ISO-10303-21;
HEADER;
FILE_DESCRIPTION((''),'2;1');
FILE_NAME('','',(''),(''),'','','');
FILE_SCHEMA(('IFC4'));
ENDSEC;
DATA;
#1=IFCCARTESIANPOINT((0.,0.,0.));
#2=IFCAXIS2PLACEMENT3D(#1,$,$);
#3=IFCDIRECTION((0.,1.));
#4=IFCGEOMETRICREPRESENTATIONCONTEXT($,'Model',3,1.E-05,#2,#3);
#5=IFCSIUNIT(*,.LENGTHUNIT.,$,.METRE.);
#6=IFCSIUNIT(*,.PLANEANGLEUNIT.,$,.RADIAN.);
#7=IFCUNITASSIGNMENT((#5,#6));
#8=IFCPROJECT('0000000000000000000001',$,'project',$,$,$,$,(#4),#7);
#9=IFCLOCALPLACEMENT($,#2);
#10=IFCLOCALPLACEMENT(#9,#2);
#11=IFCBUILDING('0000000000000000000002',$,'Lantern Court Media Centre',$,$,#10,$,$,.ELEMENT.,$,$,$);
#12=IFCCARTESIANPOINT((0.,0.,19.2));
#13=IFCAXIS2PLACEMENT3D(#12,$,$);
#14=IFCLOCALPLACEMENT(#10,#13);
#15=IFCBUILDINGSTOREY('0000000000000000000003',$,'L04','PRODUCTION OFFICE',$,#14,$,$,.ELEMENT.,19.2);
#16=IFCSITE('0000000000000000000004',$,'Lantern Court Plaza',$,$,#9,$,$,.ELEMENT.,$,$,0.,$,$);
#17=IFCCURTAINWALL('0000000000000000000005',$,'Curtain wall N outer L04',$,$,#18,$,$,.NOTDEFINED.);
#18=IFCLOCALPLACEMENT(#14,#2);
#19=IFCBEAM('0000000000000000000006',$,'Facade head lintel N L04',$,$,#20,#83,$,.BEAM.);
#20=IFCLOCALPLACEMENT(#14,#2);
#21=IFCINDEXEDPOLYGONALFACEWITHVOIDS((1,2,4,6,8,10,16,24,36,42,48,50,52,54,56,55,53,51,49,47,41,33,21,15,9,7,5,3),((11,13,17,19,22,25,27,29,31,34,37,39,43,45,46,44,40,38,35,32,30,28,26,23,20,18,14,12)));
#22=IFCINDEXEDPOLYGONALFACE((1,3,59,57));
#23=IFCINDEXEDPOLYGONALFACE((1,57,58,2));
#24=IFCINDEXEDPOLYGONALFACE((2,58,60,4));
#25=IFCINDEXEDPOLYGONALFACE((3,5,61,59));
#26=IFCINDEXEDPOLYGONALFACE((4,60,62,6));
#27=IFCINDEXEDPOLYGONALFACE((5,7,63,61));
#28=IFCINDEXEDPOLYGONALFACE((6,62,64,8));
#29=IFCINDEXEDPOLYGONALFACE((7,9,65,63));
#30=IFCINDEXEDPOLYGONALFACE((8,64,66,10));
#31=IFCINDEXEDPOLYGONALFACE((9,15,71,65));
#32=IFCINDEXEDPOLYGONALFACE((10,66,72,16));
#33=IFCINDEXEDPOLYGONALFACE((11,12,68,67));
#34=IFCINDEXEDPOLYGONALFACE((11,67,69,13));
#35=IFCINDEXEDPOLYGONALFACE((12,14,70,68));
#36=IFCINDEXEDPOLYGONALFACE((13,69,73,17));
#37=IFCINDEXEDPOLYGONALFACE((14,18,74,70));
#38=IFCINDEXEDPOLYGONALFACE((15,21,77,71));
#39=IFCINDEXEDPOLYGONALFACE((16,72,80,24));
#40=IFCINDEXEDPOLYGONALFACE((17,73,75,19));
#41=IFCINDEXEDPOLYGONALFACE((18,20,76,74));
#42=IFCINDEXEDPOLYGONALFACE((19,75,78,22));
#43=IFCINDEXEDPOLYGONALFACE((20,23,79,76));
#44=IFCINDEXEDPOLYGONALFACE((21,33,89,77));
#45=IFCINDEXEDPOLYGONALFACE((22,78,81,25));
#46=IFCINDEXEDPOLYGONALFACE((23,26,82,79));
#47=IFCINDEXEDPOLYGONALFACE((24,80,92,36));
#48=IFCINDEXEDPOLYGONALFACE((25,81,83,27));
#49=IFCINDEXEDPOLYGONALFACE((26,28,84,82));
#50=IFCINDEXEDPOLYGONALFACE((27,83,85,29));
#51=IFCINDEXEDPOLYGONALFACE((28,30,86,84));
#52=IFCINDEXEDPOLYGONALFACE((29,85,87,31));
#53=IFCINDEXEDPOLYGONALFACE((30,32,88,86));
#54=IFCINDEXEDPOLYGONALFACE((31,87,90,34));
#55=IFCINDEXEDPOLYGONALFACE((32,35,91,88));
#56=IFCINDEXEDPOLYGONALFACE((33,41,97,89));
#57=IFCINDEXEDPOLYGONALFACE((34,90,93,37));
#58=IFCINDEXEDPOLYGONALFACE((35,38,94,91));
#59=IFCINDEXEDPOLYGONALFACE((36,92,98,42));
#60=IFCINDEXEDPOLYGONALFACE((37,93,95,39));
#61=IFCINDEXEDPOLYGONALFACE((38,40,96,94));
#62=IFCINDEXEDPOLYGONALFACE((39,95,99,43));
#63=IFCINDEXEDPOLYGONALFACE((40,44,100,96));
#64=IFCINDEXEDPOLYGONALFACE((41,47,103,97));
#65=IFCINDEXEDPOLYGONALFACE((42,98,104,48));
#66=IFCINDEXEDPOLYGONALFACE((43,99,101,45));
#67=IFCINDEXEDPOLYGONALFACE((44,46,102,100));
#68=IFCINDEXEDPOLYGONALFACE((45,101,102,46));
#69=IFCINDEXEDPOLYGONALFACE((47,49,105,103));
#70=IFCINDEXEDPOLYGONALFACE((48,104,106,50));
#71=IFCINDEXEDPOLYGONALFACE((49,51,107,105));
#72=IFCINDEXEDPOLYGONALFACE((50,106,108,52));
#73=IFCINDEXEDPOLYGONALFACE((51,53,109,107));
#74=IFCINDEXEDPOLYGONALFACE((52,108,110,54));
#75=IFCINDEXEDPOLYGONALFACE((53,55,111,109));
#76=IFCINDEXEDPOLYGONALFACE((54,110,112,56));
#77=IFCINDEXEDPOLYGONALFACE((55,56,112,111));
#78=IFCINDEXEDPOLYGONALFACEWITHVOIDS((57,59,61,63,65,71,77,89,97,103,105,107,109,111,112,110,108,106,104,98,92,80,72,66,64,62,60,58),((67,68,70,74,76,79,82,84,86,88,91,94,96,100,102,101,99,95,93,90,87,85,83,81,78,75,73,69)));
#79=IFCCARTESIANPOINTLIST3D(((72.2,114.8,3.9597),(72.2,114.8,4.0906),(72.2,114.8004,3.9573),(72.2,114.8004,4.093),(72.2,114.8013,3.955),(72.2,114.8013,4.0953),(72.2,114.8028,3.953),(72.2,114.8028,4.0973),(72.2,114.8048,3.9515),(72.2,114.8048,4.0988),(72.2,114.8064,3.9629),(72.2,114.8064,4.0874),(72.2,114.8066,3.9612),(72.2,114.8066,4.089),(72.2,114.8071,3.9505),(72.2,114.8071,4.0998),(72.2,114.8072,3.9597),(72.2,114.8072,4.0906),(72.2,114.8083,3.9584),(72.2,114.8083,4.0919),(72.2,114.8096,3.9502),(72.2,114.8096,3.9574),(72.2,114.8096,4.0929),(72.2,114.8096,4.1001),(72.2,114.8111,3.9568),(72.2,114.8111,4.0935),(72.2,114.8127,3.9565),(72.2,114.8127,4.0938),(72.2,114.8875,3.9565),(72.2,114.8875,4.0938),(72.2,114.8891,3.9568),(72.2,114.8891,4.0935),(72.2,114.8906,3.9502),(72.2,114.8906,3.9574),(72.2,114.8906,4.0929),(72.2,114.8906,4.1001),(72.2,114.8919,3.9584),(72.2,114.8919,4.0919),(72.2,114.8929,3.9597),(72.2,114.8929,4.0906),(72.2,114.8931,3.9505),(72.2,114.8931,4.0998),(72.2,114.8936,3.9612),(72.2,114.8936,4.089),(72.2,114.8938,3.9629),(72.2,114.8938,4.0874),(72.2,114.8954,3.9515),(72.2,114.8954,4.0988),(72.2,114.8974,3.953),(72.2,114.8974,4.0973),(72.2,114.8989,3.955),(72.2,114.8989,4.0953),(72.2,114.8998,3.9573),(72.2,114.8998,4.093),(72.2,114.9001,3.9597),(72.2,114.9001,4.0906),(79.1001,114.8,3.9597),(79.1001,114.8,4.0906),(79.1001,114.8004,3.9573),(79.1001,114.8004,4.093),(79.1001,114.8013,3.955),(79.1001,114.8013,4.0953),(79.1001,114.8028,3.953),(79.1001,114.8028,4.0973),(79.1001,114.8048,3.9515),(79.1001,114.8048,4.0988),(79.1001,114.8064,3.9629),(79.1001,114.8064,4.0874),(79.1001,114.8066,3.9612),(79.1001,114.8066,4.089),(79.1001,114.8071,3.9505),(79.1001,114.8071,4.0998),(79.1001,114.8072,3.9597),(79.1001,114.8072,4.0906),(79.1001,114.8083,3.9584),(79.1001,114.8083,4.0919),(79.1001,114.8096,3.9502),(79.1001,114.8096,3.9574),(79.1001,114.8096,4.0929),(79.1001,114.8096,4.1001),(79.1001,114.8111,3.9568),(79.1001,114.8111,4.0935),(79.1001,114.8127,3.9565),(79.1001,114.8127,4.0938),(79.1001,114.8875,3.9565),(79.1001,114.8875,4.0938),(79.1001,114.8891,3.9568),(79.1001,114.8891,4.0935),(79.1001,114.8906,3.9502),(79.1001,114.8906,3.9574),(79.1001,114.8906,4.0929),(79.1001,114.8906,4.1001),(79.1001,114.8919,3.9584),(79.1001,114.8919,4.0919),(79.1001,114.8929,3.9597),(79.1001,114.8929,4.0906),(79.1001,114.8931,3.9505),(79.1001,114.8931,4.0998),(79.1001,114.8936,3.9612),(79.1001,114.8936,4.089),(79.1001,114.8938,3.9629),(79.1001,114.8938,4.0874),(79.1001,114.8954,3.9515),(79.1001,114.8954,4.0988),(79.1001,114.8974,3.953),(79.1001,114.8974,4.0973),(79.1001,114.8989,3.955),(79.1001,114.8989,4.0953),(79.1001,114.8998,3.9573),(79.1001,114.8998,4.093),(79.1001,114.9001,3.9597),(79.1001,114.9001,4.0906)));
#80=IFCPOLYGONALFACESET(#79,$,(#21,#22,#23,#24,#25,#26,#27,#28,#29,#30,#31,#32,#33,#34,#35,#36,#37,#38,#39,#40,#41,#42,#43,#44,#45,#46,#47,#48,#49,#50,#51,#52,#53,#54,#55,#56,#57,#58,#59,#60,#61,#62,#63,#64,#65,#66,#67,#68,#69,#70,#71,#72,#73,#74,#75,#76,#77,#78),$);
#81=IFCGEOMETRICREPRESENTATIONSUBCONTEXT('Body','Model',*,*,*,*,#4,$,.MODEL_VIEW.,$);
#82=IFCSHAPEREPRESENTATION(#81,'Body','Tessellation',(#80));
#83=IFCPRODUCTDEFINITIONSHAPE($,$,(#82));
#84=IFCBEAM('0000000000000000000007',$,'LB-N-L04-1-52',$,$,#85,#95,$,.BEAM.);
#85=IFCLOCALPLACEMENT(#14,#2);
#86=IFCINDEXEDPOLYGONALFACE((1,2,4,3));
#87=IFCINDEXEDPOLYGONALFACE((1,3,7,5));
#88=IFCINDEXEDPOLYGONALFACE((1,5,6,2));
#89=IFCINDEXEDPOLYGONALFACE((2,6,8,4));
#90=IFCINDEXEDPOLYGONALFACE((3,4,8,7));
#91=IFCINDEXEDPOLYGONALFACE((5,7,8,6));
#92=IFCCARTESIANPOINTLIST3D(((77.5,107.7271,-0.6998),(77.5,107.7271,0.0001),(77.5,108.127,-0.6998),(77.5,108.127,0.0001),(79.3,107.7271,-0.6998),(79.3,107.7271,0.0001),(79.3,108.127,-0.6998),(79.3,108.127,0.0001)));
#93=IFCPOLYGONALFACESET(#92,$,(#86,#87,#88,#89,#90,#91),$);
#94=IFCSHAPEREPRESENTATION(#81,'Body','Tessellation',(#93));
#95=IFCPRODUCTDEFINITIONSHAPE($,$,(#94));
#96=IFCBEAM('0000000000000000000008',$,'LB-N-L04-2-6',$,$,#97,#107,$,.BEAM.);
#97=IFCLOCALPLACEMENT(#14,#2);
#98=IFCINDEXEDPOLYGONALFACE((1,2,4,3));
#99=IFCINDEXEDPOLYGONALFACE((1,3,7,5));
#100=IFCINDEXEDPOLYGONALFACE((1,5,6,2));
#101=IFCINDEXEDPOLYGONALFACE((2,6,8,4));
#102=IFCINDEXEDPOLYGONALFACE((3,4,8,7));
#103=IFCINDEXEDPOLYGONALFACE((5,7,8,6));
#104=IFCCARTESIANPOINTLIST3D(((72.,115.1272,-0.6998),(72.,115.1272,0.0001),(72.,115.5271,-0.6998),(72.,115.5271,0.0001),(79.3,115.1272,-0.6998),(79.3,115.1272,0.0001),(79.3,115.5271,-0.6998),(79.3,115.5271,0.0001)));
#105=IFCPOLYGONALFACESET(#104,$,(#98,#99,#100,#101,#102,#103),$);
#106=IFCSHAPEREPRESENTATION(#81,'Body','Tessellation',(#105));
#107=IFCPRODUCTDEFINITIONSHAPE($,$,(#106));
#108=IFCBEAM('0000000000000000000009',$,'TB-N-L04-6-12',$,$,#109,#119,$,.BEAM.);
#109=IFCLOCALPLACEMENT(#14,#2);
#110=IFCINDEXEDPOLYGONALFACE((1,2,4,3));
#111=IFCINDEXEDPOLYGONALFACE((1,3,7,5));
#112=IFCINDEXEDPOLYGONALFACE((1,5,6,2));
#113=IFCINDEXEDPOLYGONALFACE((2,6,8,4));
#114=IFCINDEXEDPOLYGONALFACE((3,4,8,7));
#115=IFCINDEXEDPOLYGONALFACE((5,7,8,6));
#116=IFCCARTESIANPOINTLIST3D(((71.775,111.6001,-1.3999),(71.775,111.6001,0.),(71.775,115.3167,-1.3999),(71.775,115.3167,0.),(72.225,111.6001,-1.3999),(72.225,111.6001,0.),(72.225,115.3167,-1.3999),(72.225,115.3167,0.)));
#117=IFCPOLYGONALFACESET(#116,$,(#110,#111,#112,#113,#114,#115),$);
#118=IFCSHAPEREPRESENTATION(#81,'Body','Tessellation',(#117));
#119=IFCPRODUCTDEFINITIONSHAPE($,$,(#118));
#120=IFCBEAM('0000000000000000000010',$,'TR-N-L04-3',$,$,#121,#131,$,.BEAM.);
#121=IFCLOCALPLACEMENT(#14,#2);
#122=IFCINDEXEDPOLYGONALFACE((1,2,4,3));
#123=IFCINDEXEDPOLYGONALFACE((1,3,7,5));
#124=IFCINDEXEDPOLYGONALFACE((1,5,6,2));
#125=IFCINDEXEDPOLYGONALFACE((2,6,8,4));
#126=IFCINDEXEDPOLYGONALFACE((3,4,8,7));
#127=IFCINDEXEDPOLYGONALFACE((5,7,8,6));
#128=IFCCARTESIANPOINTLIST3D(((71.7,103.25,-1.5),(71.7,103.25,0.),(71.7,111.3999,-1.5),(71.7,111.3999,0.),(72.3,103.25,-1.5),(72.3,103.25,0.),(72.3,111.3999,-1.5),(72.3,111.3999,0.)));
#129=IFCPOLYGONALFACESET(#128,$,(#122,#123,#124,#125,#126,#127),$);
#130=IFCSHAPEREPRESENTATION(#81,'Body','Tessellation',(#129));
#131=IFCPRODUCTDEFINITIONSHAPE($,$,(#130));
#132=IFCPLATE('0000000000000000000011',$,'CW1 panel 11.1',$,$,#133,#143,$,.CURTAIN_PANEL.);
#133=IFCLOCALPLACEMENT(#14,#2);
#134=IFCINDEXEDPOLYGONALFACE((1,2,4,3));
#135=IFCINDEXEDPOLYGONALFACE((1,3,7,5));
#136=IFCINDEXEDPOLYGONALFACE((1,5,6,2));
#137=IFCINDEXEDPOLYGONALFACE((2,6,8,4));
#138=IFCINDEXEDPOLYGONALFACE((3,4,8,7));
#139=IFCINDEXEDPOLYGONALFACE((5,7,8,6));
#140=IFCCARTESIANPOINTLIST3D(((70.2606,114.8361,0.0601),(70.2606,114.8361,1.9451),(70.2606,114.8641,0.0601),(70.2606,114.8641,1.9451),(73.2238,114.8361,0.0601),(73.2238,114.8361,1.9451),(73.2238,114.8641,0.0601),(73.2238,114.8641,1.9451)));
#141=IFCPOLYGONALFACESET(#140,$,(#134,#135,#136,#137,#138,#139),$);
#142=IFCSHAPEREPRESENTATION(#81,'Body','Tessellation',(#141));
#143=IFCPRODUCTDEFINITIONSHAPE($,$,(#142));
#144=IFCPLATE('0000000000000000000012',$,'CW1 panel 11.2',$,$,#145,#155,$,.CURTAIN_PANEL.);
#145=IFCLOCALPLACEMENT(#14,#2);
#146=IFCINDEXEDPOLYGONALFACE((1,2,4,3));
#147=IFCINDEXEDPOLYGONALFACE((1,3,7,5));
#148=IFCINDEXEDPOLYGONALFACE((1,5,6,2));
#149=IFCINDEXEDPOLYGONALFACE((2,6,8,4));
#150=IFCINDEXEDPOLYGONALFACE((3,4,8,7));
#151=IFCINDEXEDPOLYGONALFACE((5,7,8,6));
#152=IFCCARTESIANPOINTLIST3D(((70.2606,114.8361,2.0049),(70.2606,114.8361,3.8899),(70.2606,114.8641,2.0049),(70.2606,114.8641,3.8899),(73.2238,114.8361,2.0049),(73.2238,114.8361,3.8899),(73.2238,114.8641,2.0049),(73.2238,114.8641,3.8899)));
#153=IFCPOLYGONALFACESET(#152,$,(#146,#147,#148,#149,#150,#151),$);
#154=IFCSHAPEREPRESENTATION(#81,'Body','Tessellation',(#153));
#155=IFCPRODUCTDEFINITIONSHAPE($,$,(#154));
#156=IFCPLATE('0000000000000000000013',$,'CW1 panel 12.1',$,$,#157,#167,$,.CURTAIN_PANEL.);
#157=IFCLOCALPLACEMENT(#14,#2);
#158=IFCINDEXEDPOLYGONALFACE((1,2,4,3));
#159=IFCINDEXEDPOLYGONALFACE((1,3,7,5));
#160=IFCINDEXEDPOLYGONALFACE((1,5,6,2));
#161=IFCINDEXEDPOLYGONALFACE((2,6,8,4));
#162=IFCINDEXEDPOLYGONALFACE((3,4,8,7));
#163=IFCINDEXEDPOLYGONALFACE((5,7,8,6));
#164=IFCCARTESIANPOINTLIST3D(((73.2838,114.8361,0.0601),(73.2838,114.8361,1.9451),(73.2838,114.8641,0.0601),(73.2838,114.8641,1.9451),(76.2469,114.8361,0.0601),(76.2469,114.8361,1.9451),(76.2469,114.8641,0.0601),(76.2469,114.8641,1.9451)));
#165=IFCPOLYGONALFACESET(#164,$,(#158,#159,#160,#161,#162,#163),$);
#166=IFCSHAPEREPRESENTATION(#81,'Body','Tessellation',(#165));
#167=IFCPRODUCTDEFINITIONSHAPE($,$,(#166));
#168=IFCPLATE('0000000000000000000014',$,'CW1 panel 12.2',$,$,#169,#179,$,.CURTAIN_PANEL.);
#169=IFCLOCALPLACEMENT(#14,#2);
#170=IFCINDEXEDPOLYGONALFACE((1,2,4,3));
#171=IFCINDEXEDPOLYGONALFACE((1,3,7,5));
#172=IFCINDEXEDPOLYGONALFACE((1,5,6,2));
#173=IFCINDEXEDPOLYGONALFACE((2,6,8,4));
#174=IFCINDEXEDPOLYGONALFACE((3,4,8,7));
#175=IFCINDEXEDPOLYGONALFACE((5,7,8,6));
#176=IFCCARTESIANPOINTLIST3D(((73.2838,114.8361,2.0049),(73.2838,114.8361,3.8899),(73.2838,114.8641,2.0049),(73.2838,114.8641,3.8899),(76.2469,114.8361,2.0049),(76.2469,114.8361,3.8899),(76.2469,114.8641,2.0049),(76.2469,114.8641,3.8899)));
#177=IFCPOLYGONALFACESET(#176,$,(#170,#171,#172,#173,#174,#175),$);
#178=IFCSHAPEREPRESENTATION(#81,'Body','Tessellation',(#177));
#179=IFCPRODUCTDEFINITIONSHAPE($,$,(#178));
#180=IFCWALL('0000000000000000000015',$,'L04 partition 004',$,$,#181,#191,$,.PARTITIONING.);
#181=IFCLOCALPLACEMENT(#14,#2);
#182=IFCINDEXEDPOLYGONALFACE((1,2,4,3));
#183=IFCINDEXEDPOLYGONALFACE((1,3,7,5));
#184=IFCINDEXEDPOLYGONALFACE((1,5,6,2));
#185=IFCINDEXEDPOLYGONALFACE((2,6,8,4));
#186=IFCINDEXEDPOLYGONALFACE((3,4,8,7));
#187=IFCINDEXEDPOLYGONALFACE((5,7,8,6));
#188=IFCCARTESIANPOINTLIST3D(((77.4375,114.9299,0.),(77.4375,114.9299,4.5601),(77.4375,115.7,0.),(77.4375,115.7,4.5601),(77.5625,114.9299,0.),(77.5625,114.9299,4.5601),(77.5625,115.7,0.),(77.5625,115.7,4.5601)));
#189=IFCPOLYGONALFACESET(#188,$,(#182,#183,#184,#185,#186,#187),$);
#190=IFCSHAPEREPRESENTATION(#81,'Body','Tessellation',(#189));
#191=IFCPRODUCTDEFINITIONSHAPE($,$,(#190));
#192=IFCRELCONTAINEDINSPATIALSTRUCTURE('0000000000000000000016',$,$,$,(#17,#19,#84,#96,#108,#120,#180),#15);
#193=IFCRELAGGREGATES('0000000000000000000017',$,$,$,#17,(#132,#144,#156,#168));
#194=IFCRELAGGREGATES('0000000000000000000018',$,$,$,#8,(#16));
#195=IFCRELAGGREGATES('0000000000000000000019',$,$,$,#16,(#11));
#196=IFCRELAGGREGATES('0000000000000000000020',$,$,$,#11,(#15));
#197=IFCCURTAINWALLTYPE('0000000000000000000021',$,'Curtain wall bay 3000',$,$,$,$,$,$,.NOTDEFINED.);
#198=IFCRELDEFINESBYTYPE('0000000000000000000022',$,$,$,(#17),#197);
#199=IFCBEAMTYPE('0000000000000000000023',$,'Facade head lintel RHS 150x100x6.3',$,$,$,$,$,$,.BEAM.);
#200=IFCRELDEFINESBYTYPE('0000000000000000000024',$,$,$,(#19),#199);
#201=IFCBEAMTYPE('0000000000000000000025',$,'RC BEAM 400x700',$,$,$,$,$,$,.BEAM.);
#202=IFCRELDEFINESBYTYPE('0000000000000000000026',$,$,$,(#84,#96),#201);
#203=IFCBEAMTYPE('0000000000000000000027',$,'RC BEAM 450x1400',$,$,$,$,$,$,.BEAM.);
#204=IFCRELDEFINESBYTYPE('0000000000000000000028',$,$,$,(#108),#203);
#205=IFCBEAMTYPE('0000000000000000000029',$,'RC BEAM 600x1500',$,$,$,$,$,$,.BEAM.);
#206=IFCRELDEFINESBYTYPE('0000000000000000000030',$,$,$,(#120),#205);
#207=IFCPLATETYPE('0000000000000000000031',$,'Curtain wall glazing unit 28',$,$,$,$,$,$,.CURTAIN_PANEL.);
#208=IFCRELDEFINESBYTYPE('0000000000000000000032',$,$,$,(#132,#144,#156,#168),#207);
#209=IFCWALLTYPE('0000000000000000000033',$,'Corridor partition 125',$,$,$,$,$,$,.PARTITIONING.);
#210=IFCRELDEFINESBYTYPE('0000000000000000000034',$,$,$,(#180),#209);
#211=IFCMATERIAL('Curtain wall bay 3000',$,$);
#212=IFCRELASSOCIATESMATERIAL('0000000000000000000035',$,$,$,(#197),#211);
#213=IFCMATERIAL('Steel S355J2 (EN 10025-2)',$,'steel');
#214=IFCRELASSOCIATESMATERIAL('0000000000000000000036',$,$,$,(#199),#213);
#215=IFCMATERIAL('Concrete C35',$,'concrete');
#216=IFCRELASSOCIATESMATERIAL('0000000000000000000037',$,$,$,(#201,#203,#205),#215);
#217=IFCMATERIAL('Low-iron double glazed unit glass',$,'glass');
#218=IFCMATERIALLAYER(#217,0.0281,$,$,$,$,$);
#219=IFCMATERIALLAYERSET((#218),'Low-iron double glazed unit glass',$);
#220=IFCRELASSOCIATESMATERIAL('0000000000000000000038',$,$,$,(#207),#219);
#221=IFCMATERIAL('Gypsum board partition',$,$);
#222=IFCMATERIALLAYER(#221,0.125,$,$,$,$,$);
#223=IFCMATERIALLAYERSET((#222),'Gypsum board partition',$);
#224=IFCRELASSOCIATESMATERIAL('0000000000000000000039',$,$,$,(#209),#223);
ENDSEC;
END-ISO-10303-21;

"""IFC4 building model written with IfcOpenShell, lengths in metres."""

from ifc_helpers import new_model, si_unit, direction, frame, frame_2d, origin, origin_2d, place, context, subcontext, project, spatial, rectangle, hollow_rectangle, extrude, material, layer, layer_set, material_profile, profile_set, type_object, element, aggregate, save


model = new_model("IFC4")

# Units and contexts
model_context = context("Model", 3, precision=1e-05, world=origin(), true_north=direction((0.0, 1.0)))
body_context = subcontext(model_context, "Body", "Model", "MODEL_VIEW")
ifc_project = project(units=[si_unit("LENGTHUNIT", "METRE"), si_unit("PLANEANGLEUNIT", "RADIAN")], contexts=[model_context])

# Site, building, storey
site_placement = place(None, origin())
site = spatial("IfcSite", under=ifc_project, at=site_placement, Name="Lantern Court Plaza", CompositionType="ELEMENT", RefElevation=0.0)
building_placement = place(site_placement, origin())
building = spatial("IfcBuilding", under=site, at=building_placement, Name="Lantern Court Media Centre", CompositionType="ELEMENT")
storey_placement = place(building_placement, frame((0.0, 0.0, 19.2)))
storey = spatial("IfcBuildingStorey", under=building, at=storey_placement, Name="L04", Description="PRODUCTION OFFICE", CompositionType="ELEMENT", Elevation=19.2)

# Shared definitions
ifc_material_1 = material(Name="Concrete C35", Category="concrete")

# Curtain wall
ifc_material_2 = material(Name="Curtain wall bay 3000")
curtain_wall_type = type_object("IfcCurtainWallType", Name="Curtain wall bay 3000", PredefinedType="NOTDEFINED", material=ifc_material_2)
curtain_wall_placement = place(storey_placement, origin())
curtain_wall = element("IfcCurtainWall", 1, at=curtain_wall_placement, inside=storey, type_object=curtain_wall_type, Name="Curtain wall N outer L04", PredefinedType="NOTDEFINED")

# Beams
ifc_material_3 = material(Name="Steel S355J2 (EN 10025-2)", Category="steel")
ifc_material_profile_1 = material_profile(ifc_material_3, hollow_rectangle(XDim=0.1001, YDim=0.1499, WallThickness=0.0063, InnerFilletRadius=0.0063, OuterFilletRadius=0.0095, at=origin_2d()), Name="Facade head lintel RHS 150x100x6.3")
ifc_profile_set_1 = profile_set([ifc_material_profile_1], Name="Steel S355J2 (EN 10025-2)")
beam_type_1 = type_object("IfcBeamType", Name="Facade head lintel RHS 150x100x6.3", PredefinedType="BEAM", material=ifc_profile_set_1)
beam_1_placement = place(storey_placement, frame((72.2, 114.8501, 4.0251), z_axis=(1.0, 0.0, 0.0), x_axis=(0.0, 1.0, 0.0)))
element("IfcBeam", 2, at=beam_1_placement, inside=storey, type_object=beam_type_1, Name="Facade head lintel N L04", PredefinedType="BEAM", context=body_context, shape_type="SweptSolid", body=[
    extrude(hollow_rectangle(XDim=0.1001, YDim=0.1499, WallThickness=0.0063, InnerFilletRadius=0.0063, OuterFilletRadius=0.0095, at=origin_2d()), origin(), (0.0, 0.0, 1.0), 6.9001),
])
ifc_material_profile_2 = material_profile(ifc_material_1, rectangle(XDim=0.3999, YDim=0.7, at=origin_2d()), Name="RC 400x700")
ifc_profile_set_2 = profile_set([ifc_material_profile_2], Name="Concrete C35")
beam_type_2 = type_object("IfcBeamType", Name="RC BEAM 400x700", PredefinedType="BEAM", material=ifc_profile_set_2)
beam_2_placement = place(storey_placement, frame((77.5, 107.927, -0.3499), z_axis=(1.0, 0.0, 0.0), x_axis=(0.0, 1.0, 0.0)))
element("IfcBeam", 3, at=beam_2_placement, inside=storey, type_object=beam_type_2, Name="LB-N-L04-1-52", PredefinedType="BEAM", context=body_context, shape_type="SweptSolid", body=[
    extrude(rectangle(XDim=0.3999, YDim=0.7, at=origin_2d()), origin(), (0.0, 0.0, 1.0), 1.8),
])
beam_3_placement = place(storey_placement, frame((72.0, 115.3271, -0.3499), z_axis=(1.0, 0.0, 0.0), x_axis=(0.0, 1.0, 0.0)))
element("IfcBeam", 4, at=beam_3_placement, inside=storey, type_object=beam_type_2, Name="LB-N-L04-2-6", PredefinedType="BEAM", context=body_context, shape_type="SweptSolid", body=[
    extrude(rectangle(XDim=0.3999, YDim=0.7, at=origin_2d()), origin(), (0.0, 0.0, 1.0), 7.3),
])
ifc_material_profile_3 = material_profile(ifc_material_1, rectangle(XDim=0.45, YDim=1.3999, at=origin_2d()), Name="RC 450x1400")
ifc_profile_set_3 = profile_set([ifc_material_profile_3], Name="Concrete C35")
beam_type_3 = type_object("IfcBeamType", Name="RC BEAM 450x1400", PredefinedType="BEAM", material=ifc_profile_set_3)
beam_4_placement = place(storey_placement, frame((72.0, 111.6001, -0.7), z_axis=(0.0, 1.0, 0.0), x_axis=(-1.0, 0.0, 0.0)))
element("IfcBeam", 5, at=beam_4_placement, inside=storey, type_object=beam_type_3, Name="TB-N-L04-6-12", PredefinedType="BEAM", context=body_context, shape_type="SweptSolid", body=[
    extrude(rectangle(XDim=0.45, YDim=1.3999, at=origin_2d()), origin(), (0.0, 0.0, 1.0), 3.7166),
])
ifc_material_profile_4 = material_profile(ifc_material_1, rectangle(XDim=0.6001, YDim=1.5, at=origin_2d()), Name="RC 600x1500")
ifc_profile_set_4 = profile_set([ifc_material_profile_4], Name="Concrete C35")
beam_type_4 = type_object("IfcBeamType", Name="RC BEAM 600x1500", PredefinedType="BEAM", material=ifc_profile_set_4)
beam_5_placement = place(storey_placement, frame((72.0, 103.25, -0.75), z_axis=(0.0, 1.0, 0.0), x_axis=(-1.0, 0.0, 0.0)))
element("IfcBeam", 6, at=beam_5_placement, inside=storey, type_object=beam_type_4, Name="TR-N-L04-3", PredefinedType="BEAM", context=body_context, shape_type="SweptSolid", body=[
    extrude(rectangle(XDim=0.6001, YDim=1.5, at=origin_2d()), origin(), (0.0, 0.0, 1.0), 8.1499),
])

# Plates
ifc_material_4 = material(Name="Low-iron double glazed unit glass", Category="glass")
ifc_layer_1 = layer(ifc_material_4, 0.0281)
ifc_layer_set_1 = layer_set([ifc_layer_1], Name="Low-iron double glazed unit glass")
plate_type = type_object("IfcPlateType", Name="Curtain wall glazing unit 28", PredefinedType="CURTAIN_PANEL", material=ifc_layer_set_1)
plate_1_placement = place(storey_placement, frame((71.7422, 114.8501, 0.0601), z_axis=(0.0, 0.0, 1.0), x_axis=(1.0, 0.0, 0.0)))
plate_1 = element("IfcPlate", 7, at=plate_1_placement, type_object=plate_type, Name="CW1 panel 11.1", PredefinedType="CURTAIN_PANEL", context=body_context, shape_type="SweptSolid", body=[
    extrude(rectangle(XDim=2.9631, YDim=0.0281, at=origin_2d()), origin(), (0.0, 0.0, 1.0), 1.885),
])
plate_2_placement = place(storey_placement, frame((71.7422, 114.8501, 2.0049), z_axis=(0.0, 0.0, 1.0), x_axis=(1.0, 0.0, 0.0)))
plate_2 = element("IfcPlate", 8, at=plate_2_placement, type_object=plate_type, Name="CW1 panel 11.2", PredefinedType="CURTAIN_PANEL", context=body_context, shape_type="SweptSolid", body=[
    extrude(rectangle(XDim=2.9631, YDim=0.0281, at=origin_2d()), origin(), (0.0, 0.0, 1.0), 1.885),
])
plate_3_placement = place(storey_placement, frame((74.7654, 114.8501, 0.0601), z_axis=(0.0, 0.0, 1.0), x_axis=(1.0, 0.0, 0.0)))
plate_3 = element("IfcPlate", 9, at=plate_3_placement, type_object=plate_type, Name="CW1 panel 12.1", PredefinedType="CURTAIN_PANEL", context=body_context, shape_type="SweptSolid", body=[
    extrude(rectangle(XDim=2.9631, YDim=0.0281, at=origin_2d()), origin(), (0.0, 0.0, 1.0), 1.885),
])
plate_4_placement = place(storey_placement, frame((74.7654, 114.8501, 2.0049), z_axis=(0.0, 0.0, 1.0), x_axis=(1.0, 0.0, 0.0)))
plate_4 = element("IfcPlate", 10, at=plate_4_placement, type_object=plate_type, Name="CW1 panel 12.2", PredefinedType="CURTAIN_PANEL", context=body_context, shape_type="SweptSolid", body=[
    extrude(rectangle(XDim=2.9631, YDim=0.0281, at=origin_2d()), origin(), (0.0, 0.0, 1.0), 1.885),
])
aggregate(curtain_wall, [plate_1, plate_2, plate_3, plate_4])

# Wall
ifc_material_5 = material(Name="Gypsum board partition")
ifc_layer_2 = layer(ifc_material_5, 0.125)
ifc_layer_set_2 = layer_set([ifc_layer_2], Name="Gypsum board partition")
wall_type_1 = type_object("IfcWallType", Name="Corridor partition 125", PredefinedType="PARTITIONING", material=ifc_layer_set_2)
wall_1_placement = place(storey_placement, frame((77.5, 114.9299, 0.0), z_axis=(0.0, 0.0, 1.0), x_axis=(0.0, 1.0, 0.0)))
element("IfcWall", 11, at=wall_1_placement, inside=storey, type_object=wall_type_1, Name="L04 partition 004", PredefinedType="PARTITIONING", context=body_context, shape_type="SweptSolid", body=[
    extrude(rectangle(XDim=0.77, YDim=0.125, at=frame_2d((0.385, 0.0))), origin(), (0.0, 0.0, 1.0), 4.5601),
])

save(model, "model.ifc")
